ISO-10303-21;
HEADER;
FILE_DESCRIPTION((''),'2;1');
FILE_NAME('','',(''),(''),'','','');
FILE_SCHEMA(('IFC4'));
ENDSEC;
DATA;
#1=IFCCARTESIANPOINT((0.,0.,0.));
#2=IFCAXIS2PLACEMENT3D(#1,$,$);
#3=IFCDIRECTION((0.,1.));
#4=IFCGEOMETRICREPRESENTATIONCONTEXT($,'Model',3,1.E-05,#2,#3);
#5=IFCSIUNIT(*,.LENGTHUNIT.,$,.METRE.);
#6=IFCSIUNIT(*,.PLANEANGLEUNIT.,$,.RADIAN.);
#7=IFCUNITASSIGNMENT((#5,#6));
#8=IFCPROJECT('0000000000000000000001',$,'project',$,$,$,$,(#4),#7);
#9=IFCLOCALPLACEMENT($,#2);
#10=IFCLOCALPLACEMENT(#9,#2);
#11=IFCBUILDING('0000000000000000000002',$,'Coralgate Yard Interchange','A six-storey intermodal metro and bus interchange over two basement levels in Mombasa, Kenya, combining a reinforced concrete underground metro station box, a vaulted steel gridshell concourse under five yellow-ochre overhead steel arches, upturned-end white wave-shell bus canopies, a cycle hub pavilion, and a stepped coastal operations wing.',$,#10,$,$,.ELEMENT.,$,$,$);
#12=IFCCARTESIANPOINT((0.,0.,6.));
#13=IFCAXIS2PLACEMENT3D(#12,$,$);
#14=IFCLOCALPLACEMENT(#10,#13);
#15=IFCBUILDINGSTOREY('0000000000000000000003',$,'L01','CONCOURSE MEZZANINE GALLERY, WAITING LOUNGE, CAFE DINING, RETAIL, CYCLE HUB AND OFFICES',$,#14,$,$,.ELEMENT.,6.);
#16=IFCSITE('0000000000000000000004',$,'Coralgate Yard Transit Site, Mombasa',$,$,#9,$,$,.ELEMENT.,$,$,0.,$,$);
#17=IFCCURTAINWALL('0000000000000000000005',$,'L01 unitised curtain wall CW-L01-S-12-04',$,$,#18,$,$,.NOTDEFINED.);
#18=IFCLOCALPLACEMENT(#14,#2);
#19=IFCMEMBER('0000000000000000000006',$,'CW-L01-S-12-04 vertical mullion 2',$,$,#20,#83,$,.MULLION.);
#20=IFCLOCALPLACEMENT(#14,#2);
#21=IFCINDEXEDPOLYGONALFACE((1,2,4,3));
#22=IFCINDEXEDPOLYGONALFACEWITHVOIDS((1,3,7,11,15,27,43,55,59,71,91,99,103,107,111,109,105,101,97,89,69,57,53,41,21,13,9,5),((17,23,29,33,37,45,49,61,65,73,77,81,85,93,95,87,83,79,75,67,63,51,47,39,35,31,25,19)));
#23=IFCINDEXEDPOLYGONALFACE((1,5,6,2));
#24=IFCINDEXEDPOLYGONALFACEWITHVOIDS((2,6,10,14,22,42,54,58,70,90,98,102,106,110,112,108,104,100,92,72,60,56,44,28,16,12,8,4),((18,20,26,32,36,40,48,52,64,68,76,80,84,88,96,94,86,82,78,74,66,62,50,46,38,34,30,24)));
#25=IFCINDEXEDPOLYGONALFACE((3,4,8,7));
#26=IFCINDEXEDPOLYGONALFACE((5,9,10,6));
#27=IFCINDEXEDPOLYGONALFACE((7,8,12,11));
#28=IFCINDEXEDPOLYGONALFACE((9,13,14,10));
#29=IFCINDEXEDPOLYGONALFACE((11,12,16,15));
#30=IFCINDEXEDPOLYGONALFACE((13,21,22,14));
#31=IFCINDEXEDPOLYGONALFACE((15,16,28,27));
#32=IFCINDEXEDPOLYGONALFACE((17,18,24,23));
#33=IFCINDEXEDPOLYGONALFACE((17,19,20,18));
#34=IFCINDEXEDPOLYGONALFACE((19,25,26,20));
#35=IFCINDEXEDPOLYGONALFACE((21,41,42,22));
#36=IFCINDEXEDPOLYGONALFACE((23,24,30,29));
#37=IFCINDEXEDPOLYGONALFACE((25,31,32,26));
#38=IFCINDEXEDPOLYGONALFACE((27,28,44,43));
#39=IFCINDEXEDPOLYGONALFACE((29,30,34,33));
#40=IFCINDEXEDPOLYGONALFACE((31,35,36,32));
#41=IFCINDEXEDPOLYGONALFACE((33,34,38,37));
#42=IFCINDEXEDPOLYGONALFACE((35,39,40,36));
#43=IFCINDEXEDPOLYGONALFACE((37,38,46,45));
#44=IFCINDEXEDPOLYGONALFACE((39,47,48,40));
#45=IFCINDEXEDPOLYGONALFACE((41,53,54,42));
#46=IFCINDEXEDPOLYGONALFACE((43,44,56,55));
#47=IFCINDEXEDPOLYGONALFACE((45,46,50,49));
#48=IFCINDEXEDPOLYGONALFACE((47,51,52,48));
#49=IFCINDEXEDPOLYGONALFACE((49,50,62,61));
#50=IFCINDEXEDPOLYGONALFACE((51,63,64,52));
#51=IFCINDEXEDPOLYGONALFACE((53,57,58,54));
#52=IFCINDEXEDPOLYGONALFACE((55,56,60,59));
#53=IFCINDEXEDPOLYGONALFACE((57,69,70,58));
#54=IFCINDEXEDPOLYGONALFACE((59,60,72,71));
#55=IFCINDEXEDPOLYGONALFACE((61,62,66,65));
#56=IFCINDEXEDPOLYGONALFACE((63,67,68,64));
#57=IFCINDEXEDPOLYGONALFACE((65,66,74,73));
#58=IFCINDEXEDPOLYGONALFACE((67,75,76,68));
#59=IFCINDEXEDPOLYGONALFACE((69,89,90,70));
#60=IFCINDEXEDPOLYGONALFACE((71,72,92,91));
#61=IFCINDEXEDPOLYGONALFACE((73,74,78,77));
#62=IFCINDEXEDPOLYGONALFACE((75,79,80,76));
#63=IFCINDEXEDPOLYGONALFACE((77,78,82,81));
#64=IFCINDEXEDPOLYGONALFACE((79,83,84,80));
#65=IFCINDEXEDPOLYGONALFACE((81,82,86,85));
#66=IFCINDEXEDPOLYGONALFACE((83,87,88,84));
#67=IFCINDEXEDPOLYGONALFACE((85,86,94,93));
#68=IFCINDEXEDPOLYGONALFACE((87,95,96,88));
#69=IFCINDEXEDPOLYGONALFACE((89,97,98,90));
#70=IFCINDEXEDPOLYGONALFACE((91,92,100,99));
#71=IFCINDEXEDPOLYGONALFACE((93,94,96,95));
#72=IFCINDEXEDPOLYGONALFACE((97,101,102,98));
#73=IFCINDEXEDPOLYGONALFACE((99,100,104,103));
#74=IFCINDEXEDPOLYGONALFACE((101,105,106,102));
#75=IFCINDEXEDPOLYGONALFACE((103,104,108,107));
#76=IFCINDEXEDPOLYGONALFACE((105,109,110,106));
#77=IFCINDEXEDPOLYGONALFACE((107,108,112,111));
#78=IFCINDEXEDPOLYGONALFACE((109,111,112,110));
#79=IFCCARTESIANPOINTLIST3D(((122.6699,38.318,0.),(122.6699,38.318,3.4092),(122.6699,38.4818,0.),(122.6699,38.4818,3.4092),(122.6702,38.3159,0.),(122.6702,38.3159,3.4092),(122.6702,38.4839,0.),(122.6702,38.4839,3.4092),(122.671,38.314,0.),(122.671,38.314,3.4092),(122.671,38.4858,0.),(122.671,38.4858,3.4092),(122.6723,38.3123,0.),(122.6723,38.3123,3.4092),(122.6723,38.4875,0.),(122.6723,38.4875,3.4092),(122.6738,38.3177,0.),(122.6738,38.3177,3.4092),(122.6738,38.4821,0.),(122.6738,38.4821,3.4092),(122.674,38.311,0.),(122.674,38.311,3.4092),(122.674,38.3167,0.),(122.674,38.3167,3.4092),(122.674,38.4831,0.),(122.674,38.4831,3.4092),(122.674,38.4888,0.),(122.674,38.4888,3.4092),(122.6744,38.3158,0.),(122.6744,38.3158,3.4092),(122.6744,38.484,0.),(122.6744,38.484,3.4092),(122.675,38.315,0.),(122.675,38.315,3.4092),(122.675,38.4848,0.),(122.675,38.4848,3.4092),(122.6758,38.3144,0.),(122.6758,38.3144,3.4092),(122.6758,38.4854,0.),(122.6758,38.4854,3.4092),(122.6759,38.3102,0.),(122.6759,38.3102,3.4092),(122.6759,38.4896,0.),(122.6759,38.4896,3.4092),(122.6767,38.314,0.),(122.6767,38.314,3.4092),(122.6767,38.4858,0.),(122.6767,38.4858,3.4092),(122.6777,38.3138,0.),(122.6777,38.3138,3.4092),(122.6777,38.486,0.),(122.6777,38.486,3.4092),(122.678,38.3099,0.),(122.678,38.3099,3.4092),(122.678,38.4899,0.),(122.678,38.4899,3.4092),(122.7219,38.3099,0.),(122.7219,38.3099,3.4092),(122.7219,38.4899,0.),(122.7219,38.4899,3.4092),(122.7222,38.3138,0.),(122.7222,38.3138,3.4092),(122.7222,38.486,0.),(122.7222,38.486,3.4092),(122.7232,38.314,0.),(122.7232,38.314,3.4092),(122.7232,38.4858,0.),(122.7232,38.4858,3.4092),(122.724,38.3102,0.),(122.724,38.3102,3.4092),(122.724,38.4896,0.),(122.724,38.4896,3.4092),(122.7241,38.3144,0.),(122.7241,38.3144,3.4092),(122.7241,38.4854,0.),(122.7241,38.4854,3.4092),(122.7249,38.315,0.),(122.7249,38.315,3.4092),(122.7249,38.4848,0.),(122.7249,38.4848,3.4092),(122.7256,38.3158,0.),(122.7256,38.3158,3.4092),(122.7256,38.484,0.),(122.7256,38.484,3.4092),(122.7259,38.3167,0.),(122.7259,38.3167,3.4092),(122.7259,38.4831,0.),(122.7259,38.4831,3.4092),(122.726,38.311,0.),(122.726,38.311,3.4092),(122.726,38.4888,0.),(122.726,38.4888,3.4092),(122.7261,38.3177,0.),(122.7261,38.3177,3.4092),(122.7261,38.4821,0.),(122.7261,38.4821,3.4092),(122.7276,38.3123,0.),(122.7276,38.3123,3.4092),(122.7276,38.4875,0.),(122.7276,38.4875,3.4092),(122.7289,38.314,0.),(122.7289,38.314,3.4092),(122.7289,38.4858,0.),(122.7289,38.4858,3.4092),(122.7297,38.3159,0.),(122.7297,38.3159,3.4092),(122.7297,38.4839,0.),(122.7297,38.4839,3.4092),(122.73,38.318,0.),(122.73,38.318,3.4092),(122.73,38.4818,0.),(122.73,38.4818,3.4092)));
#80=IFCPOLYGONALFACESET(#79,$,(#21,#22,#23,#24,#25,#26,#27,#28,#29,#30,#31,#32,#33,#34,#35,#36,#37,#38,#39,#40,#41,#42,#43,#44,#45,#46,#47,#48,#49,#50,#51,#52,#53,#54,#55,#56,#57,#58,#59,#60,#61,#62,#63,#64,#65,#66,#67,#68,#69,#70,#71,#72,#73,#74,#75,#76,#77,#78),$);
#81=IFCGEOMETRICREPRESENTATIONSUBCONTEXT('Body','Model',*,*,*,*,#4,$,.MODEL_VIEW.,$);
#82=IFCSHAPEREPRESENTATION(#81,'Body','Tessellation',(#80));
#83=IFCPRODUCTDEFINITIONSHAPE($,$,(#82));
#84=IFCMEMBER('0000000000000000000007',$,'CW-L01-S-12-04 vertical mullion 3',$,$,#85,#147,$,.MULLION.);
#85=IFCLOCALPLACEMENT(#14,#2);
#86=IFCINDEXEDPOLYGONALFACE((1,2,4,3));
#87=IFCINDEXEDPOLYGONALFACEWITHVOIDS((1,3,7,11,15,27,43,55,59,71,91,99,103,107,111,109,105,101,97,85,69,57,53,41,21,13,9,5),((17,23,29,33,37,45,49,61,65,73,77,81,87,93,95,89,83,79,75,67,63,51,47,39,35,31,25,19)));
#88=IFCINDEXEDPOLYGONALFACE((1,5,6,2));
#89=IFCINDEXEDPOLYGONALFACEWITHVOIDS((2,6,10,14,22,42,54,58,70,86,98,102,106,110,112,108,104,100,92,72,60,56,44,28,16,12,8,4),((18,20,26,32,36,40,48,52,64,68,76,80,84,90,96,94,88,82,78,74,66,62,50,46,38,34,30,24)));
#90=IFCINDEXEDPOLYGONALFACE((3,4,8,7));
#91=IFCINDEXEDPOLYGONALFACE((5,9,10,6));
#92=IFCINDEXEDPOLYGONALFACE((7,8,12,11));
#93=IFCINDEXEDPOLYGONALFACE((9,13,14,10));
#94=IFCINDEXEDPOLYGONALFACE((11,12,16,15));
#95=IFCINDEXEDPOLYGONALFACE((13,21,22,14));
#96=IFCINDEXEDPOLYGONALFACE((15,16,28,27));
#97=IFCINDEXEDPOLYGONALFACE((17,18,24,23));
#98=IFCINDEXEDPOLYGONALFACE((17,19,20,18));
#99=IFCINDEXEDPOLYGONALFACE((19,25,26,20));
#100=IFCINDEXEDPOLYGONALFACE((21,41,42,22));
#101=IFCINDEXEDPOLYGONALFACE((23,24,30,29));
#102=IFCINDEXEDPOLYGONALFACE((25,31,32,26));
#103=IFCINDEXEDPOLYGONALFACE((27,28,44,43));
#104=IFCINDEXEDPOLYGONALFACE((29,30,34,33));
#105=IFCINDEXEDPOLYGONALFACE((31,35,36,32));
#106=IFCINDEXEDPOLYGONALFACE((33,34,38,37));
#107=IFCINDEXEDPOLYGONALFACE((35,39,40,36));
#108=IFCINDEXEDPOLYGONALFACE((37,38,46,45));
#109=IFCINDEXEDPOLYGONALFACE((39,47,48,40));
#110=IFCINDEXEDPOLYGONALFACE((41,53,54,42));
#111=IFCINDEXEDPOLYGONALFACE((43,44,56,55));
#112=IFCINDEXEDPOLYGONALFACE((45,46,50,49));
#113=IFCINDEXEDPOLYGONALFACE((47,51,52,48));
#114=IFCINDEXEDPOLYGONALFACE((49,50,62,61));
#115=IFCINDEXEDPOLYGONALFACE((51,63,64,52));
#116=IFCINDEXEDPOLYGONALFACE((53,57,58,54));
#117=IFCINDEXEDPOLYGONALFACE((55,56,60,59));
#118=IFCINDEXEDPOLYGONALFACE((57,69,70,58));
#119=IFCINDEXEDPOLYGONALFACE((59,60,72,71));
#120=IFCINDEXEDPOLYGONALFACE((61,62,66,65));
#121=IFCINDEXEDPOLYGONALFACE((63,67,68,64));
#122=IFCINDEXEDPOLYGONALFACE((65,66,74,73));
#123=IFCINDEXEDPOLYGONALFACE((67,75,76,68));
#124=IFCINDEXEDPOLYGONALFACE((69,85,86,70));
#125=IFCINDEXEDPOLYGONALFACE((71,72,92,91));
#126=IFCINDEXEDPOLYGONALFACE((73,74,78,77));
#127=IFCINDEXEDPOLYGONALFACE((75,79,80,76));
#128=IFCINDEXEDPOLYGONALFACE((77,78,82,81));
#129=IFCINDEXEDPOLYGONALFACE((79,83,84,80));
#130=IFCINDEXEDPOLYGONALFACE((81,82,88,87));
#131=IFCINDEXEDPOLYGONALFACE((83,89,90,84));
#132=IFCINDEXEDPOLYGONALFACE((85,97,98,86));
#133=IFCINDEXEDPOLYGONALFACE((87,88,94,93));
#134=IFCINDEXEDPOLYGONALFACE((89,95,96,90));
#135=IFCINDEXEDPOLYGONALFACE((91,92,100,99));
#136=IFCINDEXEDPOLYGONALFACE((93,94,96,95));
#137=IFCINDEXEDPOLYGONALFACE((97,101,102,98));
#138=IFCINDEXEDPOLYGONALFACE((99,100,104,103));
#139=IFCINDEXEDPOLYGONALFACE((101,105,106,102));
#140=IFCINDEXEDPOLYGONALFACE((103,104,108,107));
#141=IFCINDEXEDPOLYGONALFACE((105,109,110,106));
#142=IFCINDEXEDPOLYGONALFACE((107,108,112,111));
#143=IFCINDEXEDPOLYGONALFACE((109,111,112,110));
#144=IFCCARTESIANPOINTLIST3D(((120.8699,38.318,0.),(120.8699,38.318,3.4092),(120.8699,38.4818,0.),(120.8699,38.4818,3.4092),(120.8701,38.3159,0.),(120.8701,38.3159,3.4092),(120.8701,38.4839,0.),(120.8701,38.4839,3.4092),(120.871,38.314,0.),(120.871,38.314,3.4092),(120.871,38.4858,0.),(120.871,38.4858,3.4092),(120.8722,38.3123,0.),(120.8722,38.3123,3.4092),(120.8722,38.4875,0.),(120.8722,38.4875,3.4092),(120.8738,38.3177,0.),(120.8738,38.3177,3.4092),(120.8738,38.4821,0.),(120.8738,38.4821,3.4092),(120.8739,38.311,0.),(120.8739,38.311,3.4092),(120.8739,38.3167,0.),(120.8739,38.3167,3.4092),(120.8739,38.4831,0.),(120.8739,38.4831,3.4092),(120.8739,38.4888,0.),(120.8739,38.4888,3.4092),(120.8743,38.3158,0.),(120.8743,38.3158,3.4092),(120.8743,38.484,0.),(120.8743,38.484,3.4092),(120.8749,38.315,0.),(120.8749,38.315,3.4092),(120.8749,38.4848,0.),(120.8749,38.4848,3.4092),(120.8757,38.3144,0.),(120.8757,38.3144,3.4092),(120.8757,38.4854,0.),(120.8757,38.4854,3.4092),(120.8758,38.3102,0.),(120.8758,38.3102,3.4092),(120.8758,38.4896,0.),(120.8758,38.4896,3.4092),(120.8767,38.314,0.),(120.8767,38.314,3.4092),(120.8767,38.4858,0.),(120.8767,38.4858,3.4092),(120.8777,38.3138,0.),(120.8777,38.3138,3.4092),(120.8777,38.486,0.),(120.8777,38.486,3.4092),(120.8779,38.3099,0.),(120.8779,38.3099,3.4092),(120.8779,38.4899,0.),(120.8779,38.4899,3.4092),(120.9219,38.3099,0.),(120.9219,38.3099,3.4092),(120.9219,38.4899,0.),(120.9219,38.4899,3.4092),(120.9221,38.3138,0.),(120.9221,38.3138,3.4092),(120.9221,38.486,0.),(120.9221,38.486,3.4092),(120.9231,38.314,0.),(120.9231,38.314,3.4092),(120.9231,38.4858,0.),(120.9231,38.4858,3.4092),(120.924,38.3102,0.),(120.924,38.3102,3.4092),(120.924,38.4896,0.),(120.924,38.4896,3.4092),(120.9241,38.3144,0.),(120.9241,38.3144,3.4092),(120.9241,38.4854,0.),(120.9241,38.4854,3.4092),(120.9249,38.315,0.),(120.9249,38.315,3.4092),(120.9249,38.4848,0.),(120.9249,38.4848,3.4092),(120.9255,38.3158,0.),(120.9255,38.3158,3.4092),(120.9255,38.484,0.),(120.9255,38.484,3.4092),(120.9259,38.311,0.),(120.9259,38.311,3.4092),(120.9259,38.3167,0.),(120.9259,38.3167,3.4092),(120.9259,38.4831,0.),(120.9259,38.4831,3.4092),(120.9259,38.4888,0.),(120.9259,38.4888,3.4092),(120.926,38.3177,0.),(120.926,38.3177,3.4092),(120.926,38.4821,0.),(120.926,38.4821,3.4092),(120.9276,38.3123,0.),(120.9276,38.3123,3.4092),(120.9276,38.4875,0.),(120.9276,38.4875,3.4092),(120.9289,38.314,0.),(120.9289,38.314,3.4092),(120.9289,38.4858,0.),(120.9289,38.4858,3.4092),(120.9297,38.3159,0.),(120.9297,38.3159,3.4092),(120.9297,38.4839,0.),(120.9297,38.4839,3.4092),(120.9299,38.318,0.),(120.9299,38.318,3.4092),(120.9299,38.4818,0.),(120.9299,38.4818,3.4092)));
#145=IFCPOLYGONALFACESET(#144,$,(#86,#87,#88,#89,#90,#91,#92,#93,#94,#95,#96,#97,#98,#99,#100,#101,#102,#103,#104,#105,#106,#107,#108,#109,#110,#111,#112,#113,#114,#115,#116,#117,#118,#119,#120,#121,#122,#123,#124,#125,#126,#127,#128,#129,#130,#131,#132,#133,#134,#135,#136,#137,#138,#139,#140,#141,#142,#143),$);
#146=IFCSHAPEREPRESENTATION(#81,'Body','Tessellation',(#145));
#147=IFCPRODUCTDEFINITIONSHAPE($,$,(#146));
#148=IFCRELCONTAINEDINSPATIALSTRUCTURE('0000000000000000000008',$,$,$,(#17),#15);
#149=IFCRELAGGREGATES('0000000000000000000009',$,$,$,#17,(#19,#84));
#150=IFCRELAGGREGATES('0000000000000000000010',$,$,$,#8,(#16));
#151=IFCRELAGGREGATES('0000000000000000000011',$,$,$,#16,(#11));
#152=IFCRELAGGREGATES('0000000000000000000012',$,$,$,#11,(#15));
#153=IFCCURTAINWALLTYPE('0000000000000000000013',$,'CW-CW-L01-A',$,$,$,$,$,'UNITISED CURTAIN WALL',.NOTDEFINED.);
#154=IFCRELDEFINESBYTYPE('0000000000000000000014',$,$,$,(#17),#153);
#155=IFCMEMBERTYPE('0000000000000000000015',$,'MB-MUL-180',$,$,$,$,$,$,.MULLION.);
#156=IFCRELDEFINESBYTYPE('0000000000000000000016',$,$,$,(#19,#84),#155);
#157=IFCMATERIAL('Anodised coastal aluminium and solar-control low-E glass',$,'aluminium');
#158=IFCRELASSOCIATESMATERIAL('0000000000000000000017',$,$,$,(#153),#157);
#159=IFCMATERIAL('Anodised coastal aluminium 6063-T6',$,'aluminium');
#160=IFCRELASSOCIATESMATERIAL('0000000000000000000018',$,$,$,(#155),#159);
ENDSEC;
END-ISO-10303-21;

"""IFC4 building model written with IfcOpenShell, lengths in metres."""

from ifc_helpers import new_model, si_unit, direction, frame, origin, origin_2d, place, context, subcontext, project, spatial, hollow_rectangle, extrude, material, material_profile, profile_set, type_object, element, aggregate, save


model = new_model("IFC4")

# Units and contexts
model_context = context("Model", 3, precision=1e-05, world=origin(), true_north=direction((0.0, 1.0)))
body_context = subcontext(model_context, "Body", "Model", "MODEL_VIEW")
ifc_project = project(units=[si_unit("LENGTHUNIT", "METRE"), si_unit("PLANEANGLEUNIT", "RADIAN")], contexts=[model_context])

# Site, building, storey
site_placement = place(None, origin())
site = spatial("IfcSite", under=ifc_project, at=site_placement, Name="Coralgate Yard Transit Site, Mombasa", CompositionType="ELEMENT", RefElevation=0.0)
building_placement = place(site_placement, origin())
building = spatial("IfcBuilding", under=site, at=building_placement, Name="Coralgate Yard Interchange", Description="A six-storey intermodal metro and bus interchange over two basement levels in Mombasa, Kenya, combining a reinforced concrete underground metro station box, a vaulted steel gridshell concourse under five yellow-ochre overhead steel arches, upturned-end white wave-shell bus canopies, a cycle hub pavilion, and a stepped coastal operations wing.", CompositionType="ELEMENT")
storey_placement = place(building_placement, frame((0.0, 0.0, 6.0)))
storey = spatial("IfcBuildingStorey", under=building, at=storey_placement, Name="L01", Description="CONCOURSE MEZZANINE GALLERY, WAITING LOUNGE, CAFE DINING, RETAIL, CYCLE HUB AND OFFICES", CompositionType="ELEMENT", Elevation=6.0)

# Curtain wall, members
ifc_material_1 = material(Name="Anodised coastal aluminium and solar-control low-E glass", Category="aluminium")
curtain_wall_type = type_object("IfcCurtainWallType", Name="CW-CW-L01-A", ElementType="UNITISED CURTAIN WALL", PredefinedType="NOTDEFINED", material=ifc_material_1)
curtain_wall_1_placement = place(storey_placement, origin())
curtain_wall_1 = element("IfcCurtainWall", 1, at=curtain_wall_1_placement, inside=storey, type_object=curtain_wall_type, Name="L01 unitised curtain wall CW-L01-S-12-04", PredefinedType="NOTDEFINED")
ifc_material_2 = material(Name="Anodised coastal aluminium 6063-T6", Category="aluminium")
ifc_material_profile_1 = material_profile(ifc_material_2, hollow_rectangle(XDim=0.0601, YDim=0.1799, WallThickness=0.0039, InnerFilletRadius=0.0039, OuterFilletRadius=0.0081, at=origin_2d()), Name="ALU 60x180x4")
ifc_profile_set_1 = profile_set([ifc_material_profile_1], Name="Anodised coastal aluminium 6063-T6")
member_type_1 = type_object("IfcMemberType", Name="MB-MUL-180", PredefinedType="MULLION", material=ifc_profile_set_1)
member_1_placement = place(storey_placement, frame((122.7, 38.3999, 0.0), z_axis=(0.0, 0.0, 1.0), x_axis=(1.0, 0.0, 0.0)))
member_1 = element("IfcMember", 2, at=member_1_placement, type_object=member_type_1, Name="CW-L01-S-12-04 vertical mullion 2", PredefinedType="MULLION", context=body_context, shape_type="SweptSolid", body=[
    extrude(hollow_rectangle(XDim=0.0601, YDim=0.1799, WallThickness=0.0039, InnerFilletRadius=0.0039, OuterFilletRadius=0.0081, at=origin_2d()), origin(), (0.0, 0.0, 1.0), 3.4092),
])
member_2_placement = place(storey_placement, frame((120.8999, 38.3999, 0.0), z_axis=(0.0, 0.0, 1.0), x_axis=(1.0, 0.0, 0.0)))
member_2 = element("IfcMember", 3, at=member_2_placement, type_object=member_type_1, Name="CW-L01-S-12-04 vertical mullion 3", PredefinedType="MULLION", context=body_context, shape_type="SweptSolid", body=[
    extrude(hollow_rectangle(XDim=0.0601, YDim=0.1799, WallThickness=0.0039, InnerFilletRadius=0.0039, OuterFilletRadius=0.0081, at=origin_2d()), origin(), (0.0, 0.0, 1.0), 3.4092),
])

aggregate(curtain_wall_1, [member_1, member_2])

save(model, "model.ifc")
